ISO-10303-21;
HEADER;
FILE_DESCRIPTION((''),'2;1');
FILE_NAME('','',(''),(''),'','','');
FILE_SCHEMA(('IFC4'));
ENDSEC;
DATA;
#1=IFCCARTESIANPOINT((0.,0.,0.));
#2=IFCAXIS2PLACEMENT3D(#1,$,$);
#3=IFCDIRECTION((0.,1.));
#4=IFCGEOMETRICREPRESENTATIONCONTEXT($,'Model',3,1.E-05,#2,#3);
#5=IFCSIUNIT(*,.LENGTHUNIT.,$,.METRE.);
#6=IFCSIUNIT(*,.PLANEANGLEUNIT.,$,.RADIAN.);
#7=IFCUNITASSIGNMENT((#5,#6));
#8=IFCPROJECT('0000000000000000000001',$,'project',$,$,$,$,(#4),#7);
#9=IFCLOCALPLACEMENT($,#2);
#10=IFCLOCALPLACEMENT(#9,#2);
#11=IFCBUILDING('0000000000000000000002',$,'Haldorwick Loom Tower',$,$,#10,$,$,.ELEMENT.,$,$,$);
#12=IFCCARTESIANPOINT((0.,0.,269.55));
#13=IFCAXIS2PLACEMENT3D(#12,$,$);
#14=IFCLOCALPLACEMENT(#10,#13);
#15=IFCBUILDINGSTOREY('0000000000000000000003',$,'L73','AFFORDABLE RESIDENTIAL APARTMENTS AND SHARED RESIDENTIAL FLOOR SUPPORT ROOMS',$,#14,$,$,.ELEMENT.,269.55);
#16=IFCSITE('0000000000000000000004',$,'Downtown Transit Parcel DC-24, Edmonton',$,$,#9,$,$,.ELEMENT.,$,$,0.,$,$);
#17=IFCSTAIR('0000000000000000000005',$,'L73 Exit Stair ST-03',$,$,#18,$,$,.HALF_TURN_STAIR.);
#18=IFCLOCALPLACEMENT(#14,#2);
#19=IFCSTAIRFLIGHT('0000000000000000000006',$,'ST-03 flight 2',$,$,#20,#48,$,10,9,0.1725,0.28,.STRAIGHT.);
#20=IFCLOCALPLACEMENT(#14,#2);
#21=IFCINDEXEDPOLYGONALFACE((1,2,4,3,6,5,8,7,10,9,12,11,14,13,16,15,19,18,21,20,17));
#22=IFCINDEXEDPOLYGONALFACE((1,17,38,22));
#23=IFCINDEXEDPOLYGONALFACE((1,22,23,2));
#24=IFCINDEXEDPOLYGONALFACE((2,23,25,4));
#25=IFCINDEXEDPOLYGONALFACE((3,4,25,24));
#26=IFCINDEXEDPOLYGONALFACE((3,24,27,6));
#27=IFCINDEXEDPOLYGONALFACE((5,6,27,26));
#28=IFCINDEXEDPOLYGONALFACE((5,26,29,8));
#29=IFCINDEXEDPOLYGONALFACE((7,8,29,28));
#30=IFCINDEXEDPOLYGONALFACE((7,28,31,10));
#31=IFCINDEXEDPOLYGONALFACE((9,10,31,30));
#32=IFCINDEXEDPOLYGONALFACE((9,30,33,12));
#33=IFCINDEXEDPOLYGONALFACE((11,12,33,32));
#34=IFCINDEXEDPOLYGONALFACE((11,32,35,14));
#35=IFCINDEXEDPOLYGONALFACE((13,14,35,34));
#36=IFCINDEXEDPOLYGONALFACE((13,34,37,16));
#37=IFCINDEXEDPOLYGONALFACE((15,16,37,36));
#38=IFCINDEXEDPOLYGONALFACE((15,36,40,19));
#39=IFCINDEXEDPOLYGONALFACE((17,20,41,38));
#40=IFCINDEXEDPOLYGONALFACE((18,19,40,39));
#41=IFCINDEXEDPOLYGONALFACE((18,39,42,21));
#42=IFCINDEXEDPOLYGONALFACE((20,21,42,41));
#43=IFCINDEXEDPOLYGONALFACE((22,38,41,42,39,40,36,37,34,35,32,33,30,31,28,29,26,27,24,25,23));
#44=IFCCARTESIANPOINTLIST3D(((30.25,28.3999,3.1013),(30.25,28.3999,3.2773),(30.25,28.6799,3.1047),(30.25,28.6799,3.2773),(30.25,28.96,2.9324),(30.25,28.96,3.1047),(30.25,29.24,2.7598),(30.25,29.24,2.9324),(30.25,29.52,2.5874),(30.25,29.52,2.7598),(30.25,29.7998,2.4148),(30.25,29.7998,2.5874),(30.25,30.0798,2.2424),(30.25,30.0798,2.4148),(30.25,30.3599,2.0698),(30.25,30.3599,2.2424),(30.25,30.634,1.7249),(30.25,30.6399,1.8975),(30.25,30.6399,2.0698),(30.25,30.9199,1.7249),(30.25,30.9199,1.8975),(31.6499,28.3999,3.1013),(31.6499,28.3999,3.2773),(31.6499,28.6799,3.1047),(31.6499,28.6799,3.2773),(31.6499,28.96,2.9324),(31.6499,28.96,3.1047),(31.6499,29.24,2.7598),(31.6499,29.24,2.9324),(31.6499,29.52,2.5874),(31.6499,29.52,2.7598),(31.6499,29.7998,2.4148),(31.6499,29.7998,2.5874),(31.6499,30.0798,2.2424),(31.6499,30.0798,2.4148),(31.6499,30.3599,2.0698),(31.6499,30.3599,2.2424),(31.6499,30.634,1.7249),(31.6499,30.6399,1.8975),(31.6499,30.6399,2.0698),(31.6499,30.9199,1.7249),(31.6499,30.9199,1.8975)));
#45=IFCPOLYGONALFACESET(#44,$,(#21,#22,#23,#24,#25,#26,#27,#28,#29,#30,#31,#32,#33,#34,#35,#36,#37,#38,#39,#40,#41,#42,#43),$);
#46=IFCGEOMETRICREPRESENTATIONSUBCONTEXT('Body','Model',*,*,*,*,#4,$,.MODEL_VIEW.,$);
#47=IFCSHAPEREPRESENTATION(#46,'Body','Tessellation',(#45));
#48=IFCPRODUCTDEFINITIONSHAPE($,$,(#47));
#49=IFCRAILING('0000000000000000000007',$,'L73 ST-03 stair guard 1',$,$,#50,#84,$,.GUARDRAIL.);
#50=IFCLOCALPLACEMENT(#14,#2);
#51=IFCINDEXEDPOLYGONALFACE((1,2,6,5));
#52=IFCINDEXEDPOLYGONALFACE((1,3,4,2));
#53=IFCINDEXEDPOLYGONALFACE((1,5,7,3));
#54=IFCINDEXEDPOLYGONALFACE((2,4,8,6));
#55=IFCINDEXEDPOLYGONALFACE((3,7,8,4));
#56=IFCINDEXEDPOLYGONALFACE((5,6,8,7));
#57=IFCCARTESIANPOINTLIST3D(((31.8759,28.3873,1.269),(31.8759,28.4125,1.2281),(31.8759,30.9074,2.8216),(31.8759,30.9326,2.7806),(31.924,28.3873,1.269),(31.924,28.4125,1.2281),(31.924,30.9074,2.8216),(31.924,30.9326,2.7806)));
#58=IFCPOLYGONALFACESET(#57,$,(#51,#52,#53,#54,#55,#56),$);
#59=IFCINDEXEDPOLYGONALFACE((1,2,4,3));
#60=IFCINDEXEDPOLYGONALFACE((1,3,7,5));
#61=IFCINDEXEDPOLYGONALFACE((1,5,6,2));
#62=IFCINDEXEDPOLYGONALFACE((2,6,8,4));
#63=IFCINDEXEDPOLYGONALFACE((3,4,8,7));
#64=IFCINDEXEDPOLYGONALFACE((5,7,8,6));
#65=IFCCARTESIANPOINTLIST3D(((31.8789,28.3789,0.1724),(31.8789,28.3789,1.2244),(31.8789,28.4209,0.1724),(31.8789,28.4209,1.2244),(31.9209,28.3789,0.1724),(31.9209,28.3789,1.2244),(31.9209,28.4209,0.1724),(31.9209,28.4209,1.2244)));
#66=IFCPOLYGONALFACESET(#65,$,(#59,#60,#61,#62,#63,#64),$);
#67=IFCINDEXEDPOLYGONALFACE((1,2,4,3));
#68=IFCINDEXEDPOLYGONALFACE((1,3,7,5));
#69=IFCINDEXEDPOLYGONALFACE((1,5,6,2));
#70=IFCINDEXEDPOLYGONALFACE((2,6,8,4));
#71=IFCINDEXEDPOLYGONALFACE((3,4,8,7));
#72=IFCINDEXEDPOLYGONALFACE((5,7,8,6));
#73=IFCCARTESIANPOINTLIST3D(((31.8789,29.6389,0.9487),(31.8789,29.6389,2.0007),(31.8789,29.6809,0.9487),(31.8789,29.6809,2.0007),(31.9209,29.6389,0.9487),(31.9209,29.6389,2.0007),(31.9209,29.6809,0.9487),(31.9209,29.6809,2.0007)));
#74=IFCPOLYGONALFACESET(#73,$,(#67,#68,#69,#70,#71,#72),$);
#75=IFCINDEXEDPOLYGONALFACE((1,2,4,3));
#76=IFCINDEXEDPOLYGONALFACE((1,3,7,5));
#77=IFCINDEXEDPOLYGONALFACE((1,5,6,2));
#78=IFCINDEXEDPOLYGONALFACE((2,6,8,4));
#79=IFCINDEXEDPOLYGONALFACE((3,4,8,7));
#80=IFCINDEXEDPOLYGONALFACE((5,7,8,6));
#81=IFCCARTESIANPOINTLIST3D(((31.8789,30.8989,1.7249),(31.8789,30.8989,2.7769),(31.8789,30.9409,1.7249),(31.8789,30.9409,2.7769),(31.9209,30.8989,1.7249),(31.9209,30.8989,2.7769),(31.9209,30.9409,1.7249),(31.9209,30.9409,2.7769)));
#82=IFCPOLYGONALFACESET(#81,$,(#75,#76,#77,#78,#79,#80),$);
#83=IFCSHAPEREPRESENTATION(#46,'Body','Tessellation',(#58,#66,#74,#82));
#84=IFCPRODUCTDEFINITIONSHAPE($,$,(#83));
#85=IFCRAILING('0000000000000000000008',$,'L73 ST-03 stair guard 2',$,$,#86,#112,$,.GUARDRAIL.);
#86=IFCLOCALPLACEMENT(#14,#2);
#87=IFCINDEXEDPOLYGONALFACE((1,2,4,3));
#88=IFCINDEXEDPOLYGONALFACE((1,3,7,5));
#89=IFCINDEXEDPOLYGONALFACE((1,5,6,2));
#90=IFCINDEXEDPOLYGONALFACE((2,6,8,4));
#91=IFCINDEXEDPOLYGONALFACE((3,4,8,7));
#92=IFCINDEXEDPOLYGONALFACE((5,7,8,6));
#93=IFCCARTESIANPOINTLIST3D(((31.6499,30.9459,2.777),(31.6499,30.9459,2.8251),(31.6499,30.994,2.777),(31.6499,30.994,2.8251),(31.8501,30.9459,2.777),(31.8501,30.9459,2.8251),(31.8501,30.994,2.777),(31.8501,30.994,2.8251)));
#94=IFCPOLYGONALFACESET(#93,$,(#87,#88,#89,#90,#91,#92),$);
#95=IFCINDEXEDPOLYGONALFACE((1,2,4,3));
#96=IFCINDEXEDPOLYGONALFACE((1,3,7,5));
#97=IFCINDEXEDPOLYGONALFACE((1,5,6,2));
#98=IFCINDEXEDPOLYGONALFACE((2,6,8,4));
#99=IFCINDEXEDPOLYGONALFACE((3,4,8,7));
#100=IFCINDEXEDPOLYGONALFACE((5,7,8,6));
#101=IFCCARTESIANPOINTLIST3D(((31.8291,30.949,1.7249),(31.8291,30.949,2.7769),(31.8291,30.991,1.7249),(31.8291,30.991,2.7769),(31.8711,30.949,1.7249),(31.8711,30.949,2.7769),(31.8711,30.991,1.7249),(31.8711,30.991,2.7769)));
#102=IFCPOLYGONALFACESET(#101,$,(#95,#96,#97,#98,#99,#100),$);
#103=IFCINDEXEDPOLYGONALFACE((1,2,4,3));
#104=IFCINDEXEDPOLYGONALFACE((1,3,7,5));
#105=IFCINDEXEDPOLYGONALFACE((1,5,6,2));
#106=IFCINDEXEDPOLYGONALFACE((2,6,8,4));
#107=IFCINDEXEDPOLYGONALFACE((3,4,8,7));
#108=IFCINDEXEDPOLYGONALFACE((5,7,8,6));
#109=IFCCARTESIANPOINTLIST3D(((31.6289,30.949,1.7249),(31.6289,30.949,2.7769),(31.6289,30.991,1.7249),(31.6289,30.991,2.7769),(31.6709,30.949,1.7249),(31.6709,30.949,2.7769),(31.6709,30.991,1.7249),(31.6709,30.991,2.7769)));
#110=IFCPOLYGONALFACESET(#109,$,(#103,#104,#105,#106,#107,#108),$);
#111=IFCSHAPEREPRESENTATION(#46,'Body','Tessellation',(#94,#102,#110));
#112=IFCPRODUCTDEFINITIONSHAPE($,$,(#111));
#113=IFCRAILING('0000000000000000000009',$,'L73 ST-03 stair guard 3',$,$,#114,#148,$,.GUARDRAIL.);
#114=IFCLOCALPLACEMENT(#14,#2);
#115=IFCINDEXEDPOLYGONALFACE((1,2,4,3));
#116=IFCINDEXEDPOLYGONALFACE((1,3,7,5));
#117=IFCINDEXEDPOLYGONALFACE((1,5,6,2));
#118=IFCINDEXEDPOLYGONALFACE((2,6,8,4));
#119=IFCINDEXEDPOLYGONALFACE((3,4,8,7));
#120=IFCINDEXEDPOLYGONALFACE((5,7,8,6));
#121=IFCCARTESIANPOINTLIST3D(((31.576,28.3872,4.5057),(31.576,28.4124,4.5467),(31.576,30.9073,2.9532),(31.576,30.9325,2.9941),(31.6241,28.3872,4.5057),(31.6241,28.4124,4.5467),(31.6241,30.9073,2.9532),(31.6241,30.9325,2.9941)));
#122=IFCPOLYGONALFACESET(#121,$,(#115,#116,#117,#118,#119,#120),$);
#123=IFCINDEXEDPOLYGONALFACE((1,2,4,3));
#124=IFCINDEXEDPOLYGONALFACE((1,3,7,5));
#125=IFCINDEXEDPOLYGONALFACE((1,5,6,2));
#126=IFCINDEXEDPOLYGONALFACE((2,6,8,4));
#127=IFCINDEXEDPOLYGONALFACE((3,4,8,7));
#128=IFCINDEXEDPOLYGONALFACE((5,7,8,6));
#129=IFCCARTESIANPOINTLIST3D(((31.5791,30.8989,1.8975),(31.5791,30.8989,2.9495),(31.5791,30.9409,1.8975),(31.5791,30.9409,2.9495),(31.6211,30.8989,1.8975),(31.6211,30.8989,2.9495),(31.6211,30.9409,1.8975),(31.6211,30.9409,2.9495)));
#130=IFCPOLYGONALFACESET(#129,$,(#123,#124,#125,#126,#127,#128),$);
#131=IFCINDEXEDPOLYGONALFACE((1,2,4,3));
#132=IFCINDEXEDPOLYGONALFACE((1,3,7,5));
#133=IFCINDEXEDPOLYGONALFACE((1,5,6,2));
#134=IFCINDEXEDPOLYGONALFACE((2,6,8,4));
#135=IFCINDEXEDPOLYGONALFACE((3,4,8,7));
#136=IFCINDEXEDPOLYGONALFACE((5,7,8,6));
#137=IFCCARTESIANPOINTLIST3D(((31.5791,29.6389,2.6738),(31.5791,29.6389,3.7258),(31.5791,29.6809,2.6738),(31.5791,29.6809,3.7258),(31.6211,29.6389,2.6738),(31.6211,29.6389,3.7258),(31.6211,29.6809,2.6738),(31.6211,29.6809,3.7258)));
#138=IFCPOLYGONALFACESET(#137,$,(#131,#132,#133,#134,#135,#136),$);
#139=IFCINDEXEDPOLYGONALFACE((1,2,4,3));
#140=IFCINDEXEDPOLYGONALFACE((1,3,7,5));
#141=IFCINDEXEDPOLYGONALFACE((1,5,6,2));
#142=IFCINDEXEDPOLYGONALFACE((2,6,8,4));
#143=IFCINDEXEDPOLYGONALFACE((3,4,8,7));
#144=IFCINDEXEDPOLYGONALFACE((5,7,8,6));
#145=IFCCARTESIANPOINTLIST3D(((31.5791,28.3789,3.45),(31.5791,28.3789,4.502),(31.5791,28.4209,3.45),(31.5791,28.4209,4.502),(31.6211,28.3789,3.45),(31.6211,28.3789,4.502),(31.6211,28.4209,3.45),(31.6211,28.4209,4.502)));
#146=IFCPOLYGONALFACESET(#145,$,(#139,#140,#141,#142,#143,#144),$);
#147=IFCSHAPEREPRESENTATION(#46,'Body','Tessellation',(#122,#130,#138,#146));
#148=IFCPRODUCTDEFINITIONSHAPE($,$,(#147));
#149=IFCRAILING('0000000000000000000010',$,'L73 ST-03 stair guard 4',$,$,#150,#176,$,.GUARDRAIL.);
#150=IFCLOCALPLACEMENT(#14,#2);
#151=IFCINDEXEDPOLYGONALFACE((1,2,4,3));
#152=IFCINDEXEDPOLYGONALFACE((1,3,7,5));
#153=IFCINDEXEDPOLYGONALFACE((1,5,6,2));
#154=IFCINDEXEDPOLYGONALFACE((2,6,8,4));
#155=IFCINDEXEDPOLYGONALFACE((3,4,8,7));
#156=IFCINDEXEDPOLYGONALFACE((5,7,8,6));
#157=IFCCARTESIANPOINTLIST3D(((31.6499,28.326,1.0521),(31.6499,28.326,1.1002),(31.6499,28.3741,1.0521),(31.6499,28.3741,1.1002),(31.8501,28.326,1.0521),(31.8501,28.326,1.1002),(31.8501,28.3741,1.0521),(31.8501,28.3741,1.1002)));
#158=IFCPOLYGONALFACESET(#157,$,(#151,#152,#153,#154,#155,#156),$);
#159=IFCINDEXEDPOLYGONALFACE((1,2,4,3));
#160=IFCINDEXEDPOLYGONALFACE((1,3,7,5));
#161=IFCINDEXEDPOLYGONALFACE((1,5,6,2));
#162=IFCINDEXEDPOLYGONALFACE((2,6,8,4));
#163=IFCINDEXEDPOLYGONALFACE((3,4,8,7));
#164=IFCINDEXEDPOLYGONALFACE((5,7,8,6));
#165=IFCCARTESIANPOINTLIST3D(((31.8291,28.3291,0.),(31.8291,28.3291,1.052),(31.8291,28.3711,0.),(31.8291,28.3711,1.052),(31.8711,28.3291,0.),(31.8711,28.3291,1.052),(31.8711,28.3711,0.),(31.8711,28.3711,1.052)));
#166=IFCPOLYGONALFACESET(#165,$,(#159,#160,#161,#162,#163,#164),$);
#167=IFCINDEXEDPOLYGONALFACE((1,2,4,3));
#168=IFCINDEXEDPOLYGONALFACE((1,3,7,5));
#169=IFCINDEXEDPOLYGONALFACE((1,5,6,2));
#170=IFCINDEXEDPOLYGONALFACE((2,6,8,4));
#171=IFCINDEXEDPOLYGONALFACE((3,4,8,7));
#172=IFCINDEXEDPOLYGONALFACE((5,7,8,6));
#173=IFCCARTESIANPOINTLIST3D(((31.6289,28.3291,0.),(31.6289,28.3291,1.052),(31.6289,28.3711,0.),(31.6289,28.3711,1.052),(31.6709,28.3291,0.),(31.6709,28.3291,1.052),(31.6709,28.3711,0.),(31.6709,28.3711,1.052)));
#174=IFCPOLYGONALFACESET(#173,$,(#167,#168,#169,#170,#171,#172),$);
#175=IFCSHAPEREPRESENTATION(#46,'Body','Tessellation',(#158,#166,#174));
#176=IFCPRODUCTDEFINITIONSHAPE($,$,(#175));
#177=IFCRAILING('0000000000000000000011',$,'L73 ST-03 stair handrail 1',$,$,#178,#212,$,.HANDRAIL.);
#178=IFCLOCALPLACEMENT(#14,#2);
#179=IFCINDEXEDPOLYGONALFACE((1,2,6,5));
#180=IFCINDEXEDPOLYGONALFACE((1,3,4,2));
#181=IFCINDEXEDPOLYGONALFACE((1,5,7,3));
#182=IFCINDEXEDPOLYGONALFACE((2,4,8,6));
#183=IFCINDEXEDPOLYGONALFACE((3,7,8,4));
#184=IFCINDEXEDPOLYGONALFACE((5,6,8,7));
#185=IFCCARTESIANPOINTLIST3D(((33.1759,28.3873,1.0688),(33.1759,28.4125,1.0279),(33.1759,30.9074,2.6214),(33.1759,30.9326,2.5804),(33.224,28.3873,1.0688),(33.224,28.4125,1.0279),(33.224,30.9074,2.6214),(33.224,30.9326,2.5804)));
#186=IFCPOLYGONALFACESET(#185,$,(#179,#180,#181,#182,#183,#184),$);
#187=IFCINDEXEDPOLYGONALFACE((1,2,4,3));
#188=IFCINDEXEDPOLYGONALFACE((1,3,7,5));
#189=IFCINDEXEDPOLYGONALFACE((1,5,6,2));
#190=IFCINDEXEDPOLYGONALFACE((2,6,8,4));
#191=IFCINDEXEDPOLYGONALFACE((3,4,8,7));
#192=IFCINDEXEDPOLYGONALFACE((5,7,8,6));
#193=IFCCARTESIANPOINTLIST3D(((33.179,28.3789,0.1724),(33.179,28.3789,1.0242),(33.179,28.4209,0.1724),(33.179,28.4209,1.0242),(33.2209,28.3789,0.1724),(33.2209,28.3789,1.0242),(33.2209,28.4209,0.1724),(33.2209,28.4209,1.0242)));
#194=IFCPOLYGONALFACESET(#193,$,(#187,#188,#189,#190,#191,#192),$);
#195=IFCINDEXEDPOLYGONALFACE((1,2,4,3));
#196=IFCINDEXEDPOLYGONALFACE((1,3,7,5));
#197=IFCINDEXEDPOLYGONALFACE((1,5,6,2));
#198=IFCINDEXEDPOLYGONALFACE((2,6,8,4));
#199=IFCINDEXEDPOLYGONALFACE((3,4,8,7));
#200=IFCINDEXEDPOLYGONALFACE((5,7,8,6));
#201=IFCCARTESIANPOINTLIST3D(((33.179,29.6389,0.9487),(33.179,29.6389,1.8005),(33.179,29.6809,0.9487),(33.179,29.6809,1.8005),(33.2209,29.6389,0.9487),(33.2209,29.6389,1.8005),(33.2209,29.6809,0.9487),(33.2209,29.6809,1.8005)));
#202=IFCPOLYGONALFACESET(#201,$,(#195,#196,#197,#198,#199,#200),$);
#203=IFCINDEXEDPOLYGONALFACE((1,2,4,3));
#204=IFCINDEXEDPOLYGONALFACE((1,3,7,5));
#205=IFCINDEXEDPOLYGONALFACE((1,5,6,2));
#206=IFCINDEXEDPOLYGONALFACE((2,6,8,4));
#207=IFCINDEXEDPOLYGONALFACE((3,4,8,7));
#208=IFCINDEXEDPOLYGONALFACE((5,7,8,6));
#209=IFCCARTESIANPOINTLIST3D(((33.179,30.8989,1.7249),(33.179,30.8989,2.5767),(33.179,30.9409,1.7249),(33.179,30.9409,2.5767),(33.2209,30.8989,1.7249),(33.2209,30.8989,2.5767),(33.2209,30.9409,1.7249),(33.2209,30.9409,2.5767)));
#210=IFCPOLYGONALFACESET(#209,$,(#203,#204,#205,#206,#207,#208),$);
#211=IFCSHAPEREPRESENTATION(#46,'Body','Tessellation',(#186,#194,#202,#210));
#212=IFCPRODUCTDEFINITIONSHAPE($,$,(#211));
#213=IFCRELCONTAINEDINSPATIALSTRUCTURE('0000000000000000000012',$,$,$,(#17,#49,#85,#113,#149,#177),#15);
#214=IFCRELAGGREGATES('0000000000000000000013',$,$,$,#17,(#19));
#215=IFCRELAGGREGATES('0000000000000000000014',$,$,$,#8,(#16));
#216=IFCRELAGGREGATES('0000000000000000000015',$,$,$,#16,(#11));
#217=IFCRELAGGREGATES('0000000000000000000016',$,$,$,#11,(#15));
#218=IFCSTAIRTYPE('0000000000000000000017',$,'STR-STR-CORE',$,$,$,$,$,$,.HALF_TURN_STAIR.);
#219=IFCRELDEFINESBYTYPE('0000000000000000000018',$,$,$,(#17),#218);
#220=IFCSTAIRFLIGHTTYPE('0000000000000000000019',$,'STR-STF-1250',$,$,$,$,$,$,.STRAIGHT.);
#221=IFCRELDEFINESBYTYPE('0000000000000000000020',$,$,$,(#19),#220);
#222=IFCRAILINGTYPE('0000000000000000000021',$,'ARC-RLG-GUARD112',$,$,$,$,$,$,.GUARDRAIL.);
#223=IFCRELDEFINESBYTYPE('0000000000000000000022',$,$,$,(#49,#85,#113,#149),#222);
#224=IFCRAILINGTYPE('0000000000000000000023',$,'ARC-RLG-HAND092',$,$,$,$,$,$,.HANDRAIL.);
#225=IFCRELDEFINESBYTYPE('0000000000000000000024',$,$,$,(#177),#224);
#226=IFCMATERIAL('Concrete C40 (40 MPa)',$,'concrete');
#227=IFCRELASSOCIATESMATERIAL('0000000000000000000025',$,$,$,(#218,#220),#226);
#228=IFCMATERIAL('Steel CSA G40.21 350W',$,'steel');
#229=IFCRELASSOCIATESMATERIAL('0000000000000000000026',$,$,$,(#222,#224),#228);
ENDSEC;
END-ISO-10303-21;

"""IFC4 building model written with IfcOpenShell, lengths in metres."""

from ifc_helpers import new_model, si_unit, direction, frame, origin, origin_2d, place, context, subcontext, project, spatial, polyline, rectangle, outline, extrude, material, type_object, element, aggregate, save


model = new_model("IFC4")

# Units and contexts
model_context = context("Model", 3, precision=1e-05, world=origin(), true_north=direction((0.0, 1.0)))
body_context = subcontext(model_context, "Body", "Model", "MODEL_VIEW")
ifc_project = project(units=[si_unit("LENGTHUNIT", "METRE"), si_unit("PLANEANGLEUNIT", "RADIAN")], contexts=[model_context])

# Site, building, storey
site_placement = place(None, origin())
site = spatial("IfcSite", under=ifc_project, at=site_placement, Name="Downtown Transit Parcel DC-24, Edmonton", CompositionType="ELEMENT", RefElevation=0.0)
building_placement = place(site_placement, origin())
building = spatial("IfcBuilding", under=site, at=building_placement, Name="Haldorwick Loom Tower", CompositionType="ELEMENT")
storey_placement = place(building_placement, frame((0.0, 0.0, 269.55)))
storey = spatial("IfcBuildingStorey", under=building, at=storey_placement, Name="L73", Description="AFFORDABLE RESIDENTIAL APARTMENTS AND SHARED RESIDENTIAL FLOOR SUPPORT ROOMS", CompositionType="ELEMENT", Elevation=269.55)

# Shared definitions
ifc_material_1 = material(Name="Steel CSA G40.21 350W", Category="steel")

# Stair, stair flight
ifc_material_2 = material(Name="Concrete C40 (40 MPa)", Category="concrete")
stair_type = type_object("IfcStairType", Name="STR-STR-CORE", PredefinedType="HALF_TURN_STAIR", material=ifc_material_2)
stair_placement = place(storey_placement, origin())
stair = element("IfcStair", 1, at=stair_placement, inside=storey, type_object=stair_type, Name="L73 Exit Stair ST-03", PredefinedType="HALF_TURN_STAIR")
stair_flight_type = type_object("IfcStairFlightType", Name="STR-STF-1250", PredefinedType="STRAIGHT", material=ifc_material_2)
stair_flight_1_placement = place(storey_placement, frame((30.95, 30.9199, 1.7249), z_axis=(0.0, 0.0, 1.0), x_axis=(0.0, -1.0, 0.0)))
stair_flight_1 = element("IfcStairFlight", 2, at=stair_flight_1_placement, type_object=stair_flight_type, Name="ST-03 flight 2", NumberOfRisers=10, NumberOfTreads=9, PredefinedType="STRAIGHT", RiserHeight=0.1725, TreadLength=0.28, context=body_context, shape_type="SweptSolid", body=[
    extrude(outline(polyline([(0.0, 0.0), (0.0, 0.1726), (0.28, 0.1726), (0.28, 0.345), (0.5601, 0.345), (0.5601, 0.5176), (0.8401, 0.5176), (0.8401, 0.6899), (1.1201, 0.6899), (1.1201, 0.8625), (1.3999, 0.8625), (1.3999, 1.0349), (1.6799, 1.0349), (1.6799, 1.2075), (1.96, 1.2075), (1.96, 1.3799), (2.24, 1.3799), (2.24, 1.5525), (2.52, 1.5525), (2.52, 1.7251), (2.52, 1.3765), (0.2859, 0.0), (0.0, 0.0)])), frame((0.0, 0.7, 0.0), z_axis=(0.0, -1.0, 0.0), x_axis=(1.0, 0.0, 0.0)), (0.0, 0.0, 1.0), 1.3999),
])
aggregate(stair, [stair_flight_1])

# Railings
railing_type_1 = type_object("IfcRailingType", Name="ARC-RLG-GUARD112", PredefinedType="GUARDRAIL", material=ifc_material_1)
railing_1_placement = place(storey_placement, frame((31.8999, 28.3999, 0.1724)))
element("IfcRailing", 3, at=railing_1_placement, inside=storey, type_object=railing_type_1, Name="L73 ST-03 stair guard 1", PredefinedType="GUARDRAIL", context=body_context, shape_type="SweptSolid", body=[
    extrude(rectangle(XDim=0.0481, YDim=0.0481, at=origin_2d()), frame((0.0, 0.0, 1.0762), z_axis=(0.0, 0.8514, 0.524516), x_axis=(-1.0, 0.0, 0.0)), (0.0, 0.0, 1.0), 2.96),
    extrude(rectangle(XDim=0.042, YDim=0.042, at=origin_2d()), origin(), (0.0, 0.0, 1.0), 1.052),
    extrude(rectangle(XDim=0.042, YDim=0.042, at=origin_2d()), frame((0.0, 1.26, 0.7764)), (0.0, 0.0, 1.0), 1.052),
    extrude(rectangle(XDim=0.042, YDim=0.042, at=origin_2d()), frame((0.0, 2.52, 1.5525)), (0.0, 0.0, 1.0), 1.052),
])
railing_2_placement = place(storey_placement, frame((31.8501, 30.97, 1.7249)))
element("IfcRailing", 4, at=railing_2_placement, inside=storey, type_object=railing_type_1, Name="L73 ST-03 stair guard 2", PredefinedType="GUARDRAIL", context=body_context, shape_type="SweptSolid", body=[
    extrude(rectangle(XDim=0.0481, YDim=0.0481, at=origin_2d()), frame((0.0, 0.0, 1.0762), z_axis=(-1.0, 0.0, 0.0), x_axis=(0.0, -1.0, 0.0)), (0.0, 0.0, 1.0), 0.2002),
    extrude(rectangle(XDim=0.042, YDim=0.042, at=origin_2d()), origin(), (0.0, 0.0, 1.0), 1.052),
    extrude(rectangle(XDim=0.042, YDim=0.042, at=origin_2d()), frame((-0.2002, 0.0, 0.0)), (0.0, 0.0, 1.0), 1.052),
])
railing_3_placement = place(storey_placement, frame((31.6001, 30.9199, 1.8975)))
element("IfcRailing", 5, at=railing_3_placement, inside=storey, type_object=railing_type_1, Name="L73 ST-03 stair guard 3", PredefinedType="GUARDRAIL", context=body_context, shape_type="SweptSolid", body=[
    extrude(rectangle(XDim=0.0481, YDim=0.0481, at=origin_2d()), frame((0.0, 0.0, 1.0762), z_axis=(0.0, -0.8514, 0.524516), x_axis=(1.0, 0.0, 0.0)), (0.0, 0.0, 1.0), 2.96),
    extrude(rectangle(XDim=0.042, YDim=0.042, at=origin_2d()), origin(), (0.0, 0.0, 1.0), 1.052),
    extrude(rectangle(XDim=0.042, YDim=0.042, at=origin_2d()), frame((0.0, -1.26, 0.7764)), (0.0, 0.0, 1.0), 1.052),
    extrude(rectangle(XDim=0.042, YDim=0.042, at=origin_2d()), frame((0.0, -2.52, 1.5525)), (0.0, 0.0, 1.0), 1.052),
])
railing_4_placement = place(storey_placement, frame((31.8501, 28.3501, 0.0)))
element("IfcRailing", 6, at=railing_4_placement, inside=storey, type_object=railing_type_1, Name="L73 ST-03 stair guard 4", PredefinedType="GUARDRAIL", context=body_context, shape_type="SweptSolid", body=[
    extrude(rectangle(XDim=0.0481, YDim=0.0481, at=origin_2d()), frame((0.0, 0.0, 1.0762), z_axis=(-1.0, 0.0, 0.0), x_axis=(0.0, -1.0, 0.0)), (0.0, 0.0, 1.0), 0.2002),
    extrude(rectangle(XDim=0.042, YDim=0.042, at=origin_2d()), origin(), (0.0, 0.0, 1.0), 1.052),
    extrude(rectangle(XDim=0.042, YDim=0.042, at=origin_2d()), frame((-0.2002, 0.0, 0.0)), (0.0, 0.0, 1.0), 1.052),
])
railing_type_2 = type_object("IfcRailingType", Name="ARC-RLG-HAND092", PredefinedType="HANDRAIL", material=ifc_material_1)
railing_5_placement = place(storey_placement, frame((33.2, 28.3999, 0.1724)))
element("IfcRailing", 7, at=railing_5_placement, inside=storey, type_object=railing_type_2, Name="L73 ST-03 stair handrail 1", PredefinedType="HANDRAIL", context=body_context, shape_type="SweptSolid", body=[
    extrude(rectangle(XDim=0.0481, YDim=0.0481, at=origin_2d()), frame((0.0, 0.0, 0.876), z_axis=(0.0, 0.8514, 0.524516), x_axis=(-1.0, 0.0, 0.0)), (0.0, 0.0, 1.0), 2.96),
    extrude(rectangle(XDim=0.042, YDim=0.042, at=origin_2d()), origin(), (0.0, 0.0, 1.0), 0.8518),
    extrude(rectangle(XDim=0.042, YDim=0.042, at=origin_2d()), frame((0.0, 1.26, 0.7764)), (0.0, 0.0, 1.0), 0.8518),
    extrude(rectangle(XDim=0.042, YDim=0.042, at=origin_2d()), frame((0.0, 2.52, 1.5525)), (0.0, 0.0, 1.0), 0.8518),
])

save(model, "model.ifc")
